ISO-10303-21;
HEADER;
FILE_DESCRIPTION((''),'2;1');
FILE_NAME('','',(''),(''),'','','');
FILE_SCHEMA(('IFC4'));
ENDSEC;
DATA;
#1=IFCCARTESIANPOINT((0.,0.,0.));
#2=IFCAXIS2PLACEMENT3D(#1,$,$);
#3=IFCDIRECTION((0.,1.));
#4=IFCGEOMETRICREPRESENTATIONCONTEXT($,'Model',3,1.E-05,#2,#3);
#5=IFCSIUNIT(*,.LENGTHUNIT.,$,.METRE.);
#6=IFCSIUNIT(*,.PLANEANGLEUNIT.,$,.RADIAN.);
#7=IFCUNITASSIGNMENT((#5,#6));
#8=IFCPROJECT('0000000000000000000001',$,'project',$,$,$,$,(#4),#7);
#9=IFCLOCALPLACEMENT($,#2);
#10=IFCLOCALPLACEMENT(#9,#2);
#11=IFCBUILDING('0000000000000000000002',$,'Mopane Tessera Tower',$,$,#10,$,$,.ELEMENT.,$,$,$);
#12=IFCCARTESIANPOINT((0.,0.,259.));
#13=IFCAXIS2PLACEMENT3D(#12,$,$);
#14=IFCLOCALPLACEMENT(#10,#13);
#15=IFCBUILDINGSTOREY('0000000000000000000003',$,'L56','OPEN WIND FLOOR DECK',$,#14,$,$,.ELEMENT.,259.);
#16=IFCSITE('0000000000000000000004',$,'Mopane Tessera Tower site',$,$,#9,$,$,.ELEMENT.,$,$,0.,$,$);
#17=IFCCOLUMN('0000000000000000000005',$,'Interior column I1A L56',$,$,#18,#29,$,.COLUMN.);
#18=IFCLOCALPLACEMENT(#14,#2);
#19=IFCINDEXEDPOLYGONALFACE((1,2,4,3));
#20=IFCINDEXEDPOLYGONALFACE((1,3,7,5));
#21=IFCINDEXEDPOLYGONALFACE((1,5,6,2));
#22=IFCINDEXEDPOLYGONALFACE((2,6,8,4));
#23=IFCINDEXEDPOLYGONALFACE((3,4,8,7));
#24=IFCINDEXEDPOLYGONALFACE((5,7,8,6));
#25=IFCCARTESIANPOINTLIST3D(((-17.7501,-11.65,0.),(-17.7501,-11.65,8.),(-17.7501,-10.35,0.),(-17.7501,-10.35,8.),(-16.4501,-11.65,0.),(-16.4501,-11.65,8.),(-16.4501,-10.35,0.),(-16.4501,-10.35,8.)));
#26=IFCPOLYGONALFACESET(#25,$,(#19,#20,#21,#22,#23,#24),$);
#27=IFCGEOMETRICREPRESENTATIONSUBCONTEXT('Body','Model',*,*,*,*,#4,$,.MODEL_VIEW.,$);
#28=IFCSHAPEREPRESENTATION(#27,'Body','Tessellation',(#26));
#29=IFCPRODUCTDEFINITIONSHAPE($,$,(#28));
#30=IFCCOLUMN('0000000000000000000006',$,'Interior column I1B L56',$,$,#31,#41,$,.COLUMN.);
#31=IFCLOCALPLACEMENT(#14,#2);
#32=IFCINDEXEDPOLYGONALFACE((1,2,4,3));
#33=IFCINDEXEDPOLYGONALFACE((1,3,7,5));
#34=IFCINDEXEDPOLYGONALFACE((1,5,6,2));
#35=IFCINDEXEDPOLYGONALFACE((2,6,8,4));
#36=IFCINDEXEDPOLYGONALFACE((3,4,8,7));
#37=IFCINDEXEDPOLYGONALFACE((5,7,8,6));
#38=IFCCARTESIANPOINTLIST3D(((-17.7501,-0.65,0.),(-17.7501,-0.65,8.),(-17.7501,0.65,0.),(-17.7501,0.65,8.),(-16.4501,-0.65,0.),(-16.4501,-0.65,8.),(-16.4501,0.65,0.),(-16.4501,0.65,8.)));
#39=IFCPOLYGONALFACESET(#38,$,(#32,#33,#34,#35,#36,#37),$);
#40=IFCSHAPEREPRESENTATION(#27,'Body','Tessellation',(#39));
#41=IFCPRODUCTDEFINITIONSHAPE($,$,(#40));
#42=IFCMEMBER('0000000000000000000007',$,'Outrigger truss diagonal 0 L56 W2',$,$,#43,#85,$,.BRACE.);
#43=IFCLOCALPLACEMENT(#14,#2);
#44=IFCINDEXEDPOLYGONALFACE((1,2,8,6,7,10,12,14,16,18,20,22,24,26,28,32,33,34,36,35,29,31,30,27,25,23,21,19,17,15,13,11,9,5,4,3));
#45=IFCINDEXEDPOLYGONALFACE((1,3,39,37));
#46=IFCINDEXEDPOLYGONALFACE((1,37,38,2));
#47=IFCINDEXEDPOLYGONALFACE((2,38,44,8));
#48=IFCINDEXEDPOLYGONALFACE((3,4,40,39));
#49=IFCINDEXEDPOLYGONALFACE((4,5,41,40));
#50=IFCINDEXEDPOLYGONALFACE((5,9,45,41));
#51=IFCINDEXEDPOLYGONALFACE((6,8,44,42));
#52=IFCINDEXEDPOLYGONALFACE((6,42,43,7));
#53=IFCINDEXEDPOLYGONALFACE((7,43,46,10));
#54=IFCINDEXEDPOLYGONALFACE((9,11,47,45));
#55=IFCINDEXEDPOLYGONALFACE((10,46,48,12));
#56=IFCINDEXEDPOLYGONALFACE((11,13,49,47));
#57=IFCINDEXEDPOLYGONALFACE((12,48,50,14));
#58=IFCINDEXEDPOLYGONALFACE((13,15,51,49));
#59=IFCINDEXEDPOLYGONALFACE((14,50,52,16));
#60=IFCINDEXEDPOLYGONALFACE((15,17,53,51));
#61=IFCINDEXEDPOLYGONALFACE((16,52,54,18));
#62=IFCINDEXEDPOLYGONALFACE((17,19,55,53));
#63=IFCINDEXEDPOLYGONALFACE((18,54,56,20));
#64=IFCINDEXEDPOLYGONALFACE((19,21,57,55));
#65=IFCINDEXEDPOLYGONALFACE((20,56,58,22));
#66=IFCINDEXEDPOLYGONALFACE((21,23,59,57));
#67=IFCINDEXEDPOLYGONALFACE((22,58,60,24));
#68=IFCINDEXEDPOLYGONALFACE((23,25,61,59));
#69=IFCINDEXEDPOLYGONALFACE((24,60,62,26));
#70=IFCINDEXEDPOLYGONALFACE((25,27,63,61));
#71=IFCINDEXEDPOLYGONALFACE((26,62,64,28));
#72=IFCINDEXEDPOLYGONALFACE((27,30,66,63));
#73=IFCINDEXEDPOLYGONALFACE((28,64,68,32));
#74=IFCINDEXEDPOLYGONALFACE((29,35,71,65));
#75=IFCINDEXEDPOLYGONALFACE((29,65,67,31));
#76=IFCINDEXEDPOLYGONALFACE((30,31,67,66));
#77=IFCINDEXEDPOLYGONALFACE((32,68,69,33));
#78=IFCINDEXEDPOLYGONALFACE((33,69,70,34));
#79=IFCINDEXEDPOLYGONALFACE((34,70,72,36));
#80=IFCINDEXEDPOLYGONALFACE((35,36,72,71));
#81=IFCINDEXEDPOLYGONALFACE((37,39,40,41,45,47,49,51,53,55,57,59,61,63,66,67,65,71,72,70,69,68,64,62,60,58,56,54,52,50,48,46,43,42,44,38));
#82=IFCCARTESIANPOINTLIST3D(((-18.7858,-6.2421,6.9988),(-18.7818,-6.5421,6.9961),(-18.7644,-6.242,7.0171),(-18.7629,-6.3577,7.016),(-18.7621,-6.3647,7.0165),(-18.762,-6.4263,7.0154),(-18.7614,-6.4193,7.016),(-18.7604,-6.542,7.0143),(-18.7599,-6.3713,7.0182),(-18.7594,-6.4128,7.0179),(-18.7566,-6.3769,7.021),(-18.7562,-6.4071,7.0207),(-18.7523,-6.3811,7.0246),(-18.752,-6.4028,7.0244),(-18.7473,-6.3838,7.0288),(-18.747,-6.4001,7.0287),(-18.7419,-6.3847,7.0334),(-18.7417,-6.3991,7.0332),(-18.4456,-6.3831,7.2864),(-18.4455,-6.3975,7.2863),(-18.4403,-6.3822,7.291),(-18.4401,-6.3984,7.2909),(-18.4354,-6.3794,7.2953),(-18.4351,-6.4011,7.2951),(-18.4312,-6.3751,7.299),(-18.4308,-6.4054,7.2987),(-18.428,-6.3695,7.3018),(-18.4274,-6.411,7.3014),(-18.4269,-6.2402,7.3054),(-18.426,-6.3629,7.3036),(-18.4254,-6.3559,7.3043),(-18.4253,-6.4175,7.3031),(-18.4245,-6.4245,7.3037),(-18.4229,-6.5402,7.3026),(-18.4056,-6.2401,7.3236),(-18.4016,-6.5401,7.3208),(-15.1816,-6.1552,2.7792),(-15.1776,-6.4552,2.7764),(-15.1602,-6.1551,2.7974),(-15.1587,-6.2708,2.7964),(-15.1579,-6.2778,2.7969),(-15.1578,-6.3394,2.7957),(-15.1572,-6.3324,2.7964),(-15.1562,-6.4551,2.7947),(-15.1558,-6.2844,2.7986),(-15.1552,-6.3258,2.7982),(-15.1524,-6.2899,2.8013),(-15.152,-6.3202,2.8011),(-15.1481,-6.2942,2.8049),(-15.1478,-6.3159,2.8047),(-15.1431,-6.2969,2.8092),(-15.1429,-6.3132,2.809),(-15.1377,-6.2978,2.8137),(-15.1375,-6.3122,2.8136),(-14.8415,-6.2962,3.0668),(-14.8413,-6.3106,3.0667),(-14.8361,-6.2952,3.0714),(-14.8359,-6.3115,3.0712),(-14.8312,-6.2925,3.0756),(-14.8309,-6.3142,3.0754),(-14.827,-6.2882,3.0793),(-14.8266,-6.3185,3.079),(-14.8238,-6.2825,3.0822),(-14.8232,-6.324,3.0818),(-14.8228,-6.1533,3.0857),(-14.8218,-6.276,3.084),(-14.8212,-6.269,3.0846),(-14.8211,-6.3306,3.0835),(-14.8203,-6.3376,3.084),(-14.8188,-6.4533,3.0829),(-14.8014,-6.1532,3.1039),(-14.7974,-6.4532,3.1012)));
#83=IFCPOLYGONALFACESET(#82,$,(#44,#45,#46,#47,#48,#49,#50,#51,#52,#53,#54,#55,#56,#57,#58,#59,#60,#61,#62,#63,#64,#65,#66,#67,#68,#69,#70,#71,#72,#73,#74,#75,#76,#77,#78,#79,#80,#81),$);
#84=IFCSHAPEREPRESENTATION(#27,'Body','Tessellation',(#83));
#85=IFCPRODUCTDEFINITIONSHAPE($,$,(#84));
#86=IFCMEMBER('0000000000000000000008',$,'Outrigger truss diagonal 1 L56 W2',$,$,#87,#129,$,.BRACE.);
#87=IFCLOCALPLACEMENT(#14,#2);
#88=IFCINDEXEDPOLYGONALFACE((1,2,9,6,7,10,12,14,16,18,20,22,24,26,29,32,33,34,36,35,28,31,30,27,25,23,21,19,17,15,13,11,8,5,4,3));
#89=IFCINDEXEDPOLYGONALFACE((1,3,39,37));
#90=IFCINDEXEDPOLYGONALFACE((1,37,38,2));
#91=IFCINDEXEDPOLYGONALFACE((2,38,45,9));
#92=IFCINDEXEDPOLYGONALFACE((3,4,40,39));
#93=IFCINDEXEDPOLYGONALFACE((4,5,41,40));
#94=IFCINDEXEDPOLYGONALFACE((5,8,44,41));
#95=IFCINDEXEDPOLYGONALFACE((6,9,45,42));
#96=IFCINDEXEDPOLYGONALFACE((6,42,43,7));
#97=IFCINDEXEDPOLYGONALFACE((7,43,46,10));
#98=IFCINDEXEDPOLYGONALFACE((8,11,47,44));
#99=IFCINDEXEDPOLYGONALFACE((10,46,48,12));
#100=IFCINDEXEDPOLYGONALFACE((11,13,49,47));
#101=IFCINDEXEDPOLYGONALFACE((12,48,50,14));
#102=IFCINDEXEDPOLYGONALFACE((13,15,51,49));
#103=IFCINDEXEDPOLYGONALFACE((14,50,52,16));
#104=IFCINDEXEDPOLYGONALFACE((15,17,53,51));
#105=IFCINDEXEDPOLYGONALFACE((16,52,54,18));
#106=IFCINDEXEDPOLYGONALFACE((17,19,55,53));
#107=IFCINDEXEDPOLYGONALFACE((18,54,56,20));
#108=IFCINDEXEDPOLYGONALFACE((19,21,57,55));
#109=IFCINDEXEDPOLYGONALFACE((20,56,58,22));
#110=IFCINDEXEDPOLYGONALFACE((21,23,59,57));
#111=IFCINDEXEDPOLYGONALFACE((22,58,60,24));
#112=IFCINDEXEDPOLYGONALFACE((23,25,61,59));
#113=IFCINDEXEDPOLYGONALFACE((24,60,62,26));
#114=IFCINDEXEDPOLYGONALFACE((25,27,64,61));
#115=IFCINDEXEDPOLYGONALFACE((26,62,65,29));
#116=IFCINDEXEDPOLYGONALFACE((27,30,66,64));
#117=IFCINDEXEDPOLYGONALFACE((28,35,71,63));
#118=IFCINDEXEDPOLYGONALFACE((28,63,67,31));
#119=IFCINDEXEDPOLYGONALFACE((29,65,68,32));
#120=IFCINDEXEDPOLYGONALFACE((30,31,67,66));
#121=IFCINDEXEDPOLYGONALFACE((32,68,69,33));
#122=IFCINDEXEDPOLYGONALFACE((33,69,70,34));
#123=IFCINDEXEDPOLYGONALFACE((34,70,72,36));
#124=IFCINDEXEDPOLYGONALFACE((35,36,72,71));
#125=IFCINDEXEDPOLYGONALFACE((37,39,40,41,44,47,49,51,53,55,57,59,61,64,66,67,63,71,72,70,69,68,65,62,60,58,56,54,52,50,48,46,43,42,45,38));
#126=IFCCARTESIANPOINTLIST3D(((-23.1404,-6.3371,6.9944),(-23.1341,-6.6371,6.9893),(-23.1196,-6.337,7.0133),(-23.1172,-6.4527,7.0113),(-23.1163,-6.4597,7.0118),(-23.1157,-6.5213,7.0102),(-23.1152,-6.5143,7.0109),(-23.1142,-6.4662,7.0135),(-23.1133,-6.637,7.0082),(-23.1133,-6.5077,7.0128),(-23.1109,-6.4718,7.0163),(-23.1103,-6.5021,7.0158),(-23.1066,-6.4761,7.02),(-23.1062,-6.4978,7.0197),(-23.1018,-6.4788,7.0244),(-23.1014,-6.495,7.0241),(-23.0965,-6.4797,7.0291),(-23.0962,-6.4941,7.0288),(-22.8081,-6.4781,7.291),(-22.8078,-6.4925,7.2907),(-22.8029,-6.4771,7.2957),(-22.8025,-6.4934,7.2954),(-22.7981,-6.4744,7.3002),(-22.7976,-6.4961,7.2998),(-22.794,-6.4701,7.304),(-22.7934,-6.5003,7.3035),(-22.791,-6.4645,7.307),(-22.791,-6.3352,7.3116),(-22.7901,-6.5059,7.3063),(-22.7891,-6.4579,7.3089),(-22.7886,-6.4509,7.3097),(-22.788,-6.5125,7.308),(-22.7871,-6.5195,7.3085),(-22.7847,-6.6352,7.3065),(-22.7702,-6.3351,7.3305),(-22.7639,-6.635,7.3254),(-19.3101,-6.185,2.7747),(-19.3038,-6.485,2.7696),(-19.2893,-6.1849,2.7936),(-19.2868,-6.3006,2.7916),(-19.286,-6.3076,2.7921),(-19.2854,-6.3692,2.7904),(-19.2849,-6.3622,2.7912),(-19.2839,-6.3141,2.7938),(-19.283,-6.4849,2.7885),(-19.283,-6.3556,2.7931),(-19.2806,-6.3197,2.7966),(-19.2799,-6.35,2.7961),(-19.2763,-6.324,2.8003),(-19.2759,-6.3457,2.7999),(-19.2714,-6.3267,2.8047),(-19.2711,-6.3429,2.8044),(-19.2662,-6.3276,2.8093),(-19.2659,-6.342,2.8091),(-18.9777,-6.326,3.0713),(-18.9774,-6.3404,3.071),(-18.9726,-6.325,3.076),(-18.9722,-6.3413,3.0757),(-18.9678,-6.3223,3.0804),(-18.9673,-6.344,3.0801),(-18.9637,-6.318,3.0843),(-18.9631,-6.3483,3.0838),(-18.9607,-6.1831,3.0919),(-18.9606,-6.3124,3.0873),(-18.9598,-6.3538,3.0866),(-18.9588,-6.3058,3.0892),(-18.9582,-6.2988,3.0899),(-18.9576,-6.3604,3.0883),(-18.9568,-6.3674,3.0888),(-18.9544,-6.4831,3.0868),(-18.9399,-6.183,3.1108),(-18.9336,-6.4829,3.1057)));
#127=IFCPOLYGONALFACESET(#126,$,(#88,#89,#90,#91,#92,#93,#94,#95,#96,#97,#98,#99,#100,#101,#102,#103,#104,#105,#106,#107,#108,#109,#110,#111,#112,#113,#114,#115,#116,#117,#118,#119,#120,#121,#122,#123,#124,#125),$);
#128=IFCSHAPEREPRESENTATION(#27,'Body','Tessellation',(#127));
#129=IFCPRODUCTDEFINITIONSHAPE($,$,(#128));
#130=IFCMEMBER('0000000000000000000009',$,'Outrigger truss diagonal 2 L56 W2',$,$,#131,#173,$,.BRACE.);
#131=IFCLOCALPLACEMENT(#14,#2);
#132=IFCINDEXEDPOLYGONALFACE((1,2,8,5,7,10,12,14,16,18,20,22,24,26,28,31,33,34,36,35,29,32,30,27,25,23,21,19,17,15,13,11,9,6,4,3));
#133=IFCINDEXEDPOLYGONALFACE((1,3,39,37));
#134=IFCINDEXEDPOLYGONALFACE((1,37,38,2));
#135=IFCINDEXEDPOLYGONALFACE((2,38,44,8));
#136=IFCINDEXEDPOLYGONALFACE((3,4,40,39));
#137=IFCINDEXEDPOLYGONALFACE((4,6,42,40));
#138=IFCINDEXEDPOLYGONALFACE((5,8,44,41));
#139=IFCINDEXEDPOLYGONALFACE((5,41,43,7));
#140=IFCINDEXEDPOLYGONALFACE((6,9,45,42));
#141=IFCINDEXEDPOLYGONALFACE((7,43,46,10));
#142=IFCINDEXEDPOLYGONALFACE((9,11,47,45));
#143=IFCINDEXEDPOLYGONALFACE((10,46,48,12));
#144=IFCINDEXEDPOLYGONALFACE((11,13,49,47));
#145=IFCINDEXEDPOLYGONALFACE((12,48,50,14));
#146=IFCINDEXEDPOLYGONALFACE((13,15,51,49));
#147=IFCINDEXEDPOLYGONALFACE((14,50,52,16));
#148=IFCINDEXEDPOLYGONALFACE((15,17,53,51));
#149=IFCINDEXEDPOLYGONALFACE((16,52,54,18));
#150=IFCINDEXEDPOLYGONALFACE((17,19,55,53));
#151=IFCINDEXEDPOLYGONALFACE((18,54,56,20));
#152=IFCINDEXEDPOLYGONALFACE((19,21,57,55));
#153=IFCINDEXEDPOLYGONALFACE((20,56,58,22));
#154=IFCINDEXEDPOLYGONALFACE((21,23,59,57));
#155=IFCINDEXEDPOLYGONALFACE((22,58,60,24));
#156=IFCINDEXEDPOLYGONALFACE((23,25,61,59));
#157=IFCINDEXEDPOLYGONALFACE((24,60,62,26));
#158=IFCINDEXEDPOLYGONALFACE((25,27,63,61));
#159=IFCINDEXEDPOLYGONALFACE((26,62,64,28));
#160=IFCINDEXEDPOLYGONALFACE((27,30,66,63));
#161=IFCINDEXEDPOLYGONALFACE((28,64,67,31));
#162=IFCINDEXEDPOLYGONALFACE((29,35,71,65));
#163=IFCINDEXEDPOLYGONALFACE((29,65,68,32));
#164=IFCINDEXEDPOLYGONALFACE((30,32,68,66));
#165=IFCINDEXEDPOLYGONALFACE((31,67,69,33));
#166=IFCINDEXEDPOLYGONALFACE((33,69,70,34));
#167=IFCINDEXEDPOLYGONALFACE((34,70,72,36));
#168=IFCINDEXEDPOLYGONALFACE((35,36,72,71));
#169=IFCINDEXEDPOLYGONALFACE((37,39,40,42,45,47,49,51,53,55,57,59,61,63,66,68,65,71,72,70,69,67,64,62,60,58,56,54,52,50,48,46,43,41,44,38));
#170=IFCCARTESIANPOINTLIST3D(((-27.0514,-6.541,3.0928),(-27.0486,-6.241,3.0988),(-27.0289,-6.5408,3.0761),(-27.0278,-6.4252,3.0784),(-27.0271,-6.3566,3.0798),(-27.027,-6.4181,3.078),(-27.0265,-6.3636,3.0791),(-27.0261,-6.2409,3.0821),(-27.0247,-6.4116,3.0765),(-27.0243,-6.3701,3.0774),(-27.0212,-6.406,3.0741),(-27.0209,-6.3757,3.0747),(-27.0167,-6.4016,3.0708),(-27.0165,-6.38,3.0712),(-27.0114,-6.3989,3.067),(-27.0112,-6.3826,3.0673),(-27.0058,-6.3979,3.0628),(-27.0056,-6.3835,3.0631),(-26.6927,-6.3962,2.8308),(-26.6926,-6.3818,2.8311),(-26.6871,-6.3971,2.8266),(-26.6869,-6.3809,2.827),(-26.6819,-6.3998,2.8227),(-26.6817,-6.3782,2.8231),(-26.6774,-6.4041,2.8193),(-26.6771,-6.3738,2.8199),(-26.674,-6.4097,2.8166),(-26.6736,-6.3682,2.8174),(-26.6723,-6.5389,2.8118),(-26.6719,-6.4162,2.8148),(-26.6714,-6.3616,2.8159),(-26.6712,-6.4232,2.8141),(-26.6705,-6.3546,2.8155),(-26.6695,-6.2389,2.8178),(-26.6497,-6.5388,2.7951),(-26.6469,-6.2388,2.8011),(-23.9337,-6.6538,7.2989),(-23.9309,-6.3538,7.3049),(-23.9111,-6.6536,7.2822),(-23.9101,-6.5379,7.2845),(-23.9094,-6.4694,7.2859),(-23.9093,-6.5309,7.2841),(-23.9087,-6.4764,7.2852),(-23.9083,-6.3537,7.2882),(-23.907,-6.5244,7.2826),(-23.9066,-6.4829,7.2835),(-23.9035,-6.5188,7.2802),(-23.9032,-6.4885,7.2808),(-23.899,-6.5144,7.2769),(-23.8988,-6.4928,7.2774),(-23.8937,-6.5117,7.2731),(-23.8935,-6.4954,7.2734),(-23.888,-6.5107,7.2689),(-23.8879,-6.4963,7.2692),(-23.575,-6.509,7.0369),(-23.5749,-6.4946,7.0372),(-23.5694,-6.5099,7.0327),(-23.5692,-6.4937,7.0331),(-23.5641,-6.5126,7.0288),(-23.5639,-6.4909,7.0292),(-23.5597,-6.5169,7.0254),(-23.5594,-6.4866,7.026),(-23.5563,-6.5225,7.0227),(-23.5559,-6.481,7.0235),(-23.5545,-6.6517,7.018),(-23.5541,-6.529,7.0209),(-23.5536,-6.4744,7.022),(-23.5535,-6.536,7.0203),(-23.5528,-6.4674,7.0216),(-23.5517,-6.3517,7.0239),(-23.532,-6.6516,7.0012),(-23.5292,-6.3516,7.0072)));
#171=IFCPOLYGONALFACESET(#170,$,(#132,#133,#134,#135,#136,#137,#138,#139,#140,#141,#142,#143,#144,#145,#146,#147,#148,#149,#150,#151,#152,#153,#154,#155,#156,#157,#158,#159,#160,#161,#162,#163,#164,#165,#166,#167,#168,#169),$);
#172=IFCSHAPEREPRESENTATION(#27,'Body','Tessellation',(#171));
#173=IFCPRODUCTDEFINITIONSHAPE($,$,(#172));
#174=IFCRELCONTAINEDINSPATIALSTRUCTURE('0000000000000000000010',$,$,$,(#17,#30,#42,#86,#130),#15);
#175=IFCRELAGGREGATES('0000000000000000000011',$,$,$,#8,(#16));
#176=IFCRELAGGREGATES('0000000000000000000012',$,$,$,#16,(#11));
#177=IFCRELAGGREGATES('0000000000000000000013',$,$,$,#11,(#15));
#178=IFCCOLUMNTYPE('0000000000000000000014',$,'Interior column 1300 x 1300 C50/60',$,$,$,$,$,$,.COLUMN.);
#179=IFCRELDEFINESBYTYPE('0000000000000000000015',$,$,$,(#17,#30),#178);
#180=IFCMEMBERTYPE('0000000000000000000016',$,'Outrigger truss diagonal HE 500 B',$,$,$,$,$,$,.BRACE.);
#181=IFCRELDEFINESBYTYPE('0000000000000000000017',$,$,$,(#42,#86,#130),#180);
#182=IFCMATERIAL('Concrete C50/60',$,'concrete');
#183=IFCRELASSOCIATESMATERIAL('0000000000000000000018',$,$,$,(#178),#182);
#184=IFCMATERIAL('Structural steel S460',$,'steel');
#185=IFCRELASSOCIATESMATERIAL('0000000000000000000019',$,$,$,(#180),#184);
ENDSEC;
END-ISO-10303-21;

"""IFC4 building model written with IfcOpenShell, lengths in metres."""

from ifc_helpers import new_model, si_unit, direction, frame, origin, origin_2d, place, context, subcontext, project, spatial, rectangle, i_section, extrude, material, material_profile, profile_set, type_object, element, save


model = new_model("IFC4")

# Units and contexts
model_context = context("Model", 3, precision=1e-05, world=origin(), true_north=direction((0.0, 1.0)))
body_context = subcontext(model_context, "Body", "Model", "MODEL_VIEW")
ifc_project = project(units=[si_unit("LENGTHUNIT", "METRE"), si_unit("PLANEANGLEUNIT", "RADIAN")], contexts=[model_context])

# Site, building, storey
site_placement = place(None, origin())
site = spatial("IfcSite", under=ifc_project, at=site_placement, Name="Mopane Tessera Tower site", CompositionType="ELEMENT", RefElevation=0.0)
building_placement = place(site_placement, origin())
building = spatial("IfcBuilding", under=site, at=building_placement, Name="Mopane Tessera Tower", CompositionType="ELEMENT")
storey_placement = place(building_placement, frame((0.0, 0.0, 259.0)))
storey = spatial("IfcBuildingStorey", under=building, at=storey_placement, Name="L56", Description="OPEN WIND FLOOR DECK", CompositionType="ELEMENT", Elevation=259.0)

# Columns
ifc_material_1 = material(Name="Concrete C50/60", Category="concrete")
ifc_material_profile_1 = material_profile(ifc_material_1, rectangle(XDim=1.3, YDim=1.3, at=origin_2d()))
ifc_profile_set_1 = profile_set([ifc_material_profile_1], Name="Concrete C50/60")
column_type = type_object("IfcColumnType", Name="Interior column 1300 x 1300 C50/60", PredefinedType="COLUMN", material=ifc_profile_set_1)
for number, where, z_axis, x_axis, name in (
    (1, (-17.1001, -11.0, 0.0), (0.0, 0.0, 1.0), (1.0, 0.0, 0.0), "Interior column I1A L56"),
    (2, (-17.1001, 0.0, 0.0), (0.0, 0.0, 1.0), (1.0, 0.0, 0.0), "Interior column I1B L56"),
):
    element("IfcColumn", number, at=place(storey_placement, frame(where, z_axis=z_axis, x_axis=x_axis)), inside=storey, type_object=column_type, Name=name, PredefinedType="COLUMN", context=body_context, shape_type="SweptSolid", body=[
        extrude(rectangle(XDim=1.3, YDim=1.3, at=origin_2d()), origin(), (0.0, 0.0, 1.0), 8.0),
    ])

# Members
ifc_material_2 = material(Name="Structural steel S460", Category="steel")
ifc_material_profile_2 = material_profile(ifc_material_2, i_section(OverallWidth=0.3, OverallDepth=0.5, WebThickness=0.0144, FlangeThickness=0.0281, FilletRadius=0.0271, at=origin_2d()))
ifc_profile_set_2 = profile_set([ifc_material_profile_2], Name="Structural steel S460")
member_type_1 = type_object("IfcMemberType", Name="Outrigger truss diagonal HE 500 B", PredefinedType="BRACE", material=ifc_profile_set_2)
member_1_placement = place(storey_placement, frame((-14.9895, -6.3042, 2.9402), z_axis=(-0.649396, -0.01566, 0.760289), x_axis=(0.013311, -0.999869, -0.009225)))
element("IfcMember", 3, at=member_1_placement, inside=storey, type_object=member_type_1, Name="Outrigger truss diagonal 0 L56 W2", PredefinedType="BRACE", context=body_context, shape_type="SweptSolid", body=[
    extrude(i_section(OverallWidth=0.3, OverallDepth=0.5, WebThickness=0.0144, FlangeThickness=0.0281, FilletRadius=0.0271, at=origin_2d()), origin(), (0.0, 0.0, 1.0), 5.55),
])
member_2_placement = place(storey_placement, frame((-19.1218, -6.334, 2.9402), z_axis=(-0.671877, -0.02668, 0.740182), x_axis=(0.020937, -0.999636, -0.017027)))
element("IfcMember", 4, at=member_2_placement, inside=storey, type_object=member_type_1, Name="Outrigger truss diagonal 1 L56 W2", PredefinedType="BRACE", context=body_context, shape_type="SweptSolid", body=[
    extrude(i_section(OverallWidth=0.3, OverallDepth=0.5, WebThickness=0.0144, FlangeThickness=0.0281, FilletRadius=0.0271, at=origin_2d()), origin(), (0.0, 0.0, 1.0), 5.7009),
])
member_3_placement = place(storey_placement, frame((-23.7314, -6.5027, 7.1531), z_axis=(-0.595346, 0.021539, -0.803181), x_axis=(-0.009329, -0.999759, -0.019895)))
element("IfcMember", 5, at=member_3_placement, inside=storey, type_object=member_type_1, Name="Outrigger truss diagonal 2 L56 W2", PredefinedType="BRACE", context=body_context, shape_type="SweptSolid", body=[
    extrude(i_section(OverallWidth=0.3, OverallDepth=0.5, WebThickness=0.0144, FlangeThickness=0.0281, FilletRadius=0.0271, at=origin_2d()), origin(), (0.0, 0.0, 1.0), 5.2368),
])

save(model, "model.ifc")
